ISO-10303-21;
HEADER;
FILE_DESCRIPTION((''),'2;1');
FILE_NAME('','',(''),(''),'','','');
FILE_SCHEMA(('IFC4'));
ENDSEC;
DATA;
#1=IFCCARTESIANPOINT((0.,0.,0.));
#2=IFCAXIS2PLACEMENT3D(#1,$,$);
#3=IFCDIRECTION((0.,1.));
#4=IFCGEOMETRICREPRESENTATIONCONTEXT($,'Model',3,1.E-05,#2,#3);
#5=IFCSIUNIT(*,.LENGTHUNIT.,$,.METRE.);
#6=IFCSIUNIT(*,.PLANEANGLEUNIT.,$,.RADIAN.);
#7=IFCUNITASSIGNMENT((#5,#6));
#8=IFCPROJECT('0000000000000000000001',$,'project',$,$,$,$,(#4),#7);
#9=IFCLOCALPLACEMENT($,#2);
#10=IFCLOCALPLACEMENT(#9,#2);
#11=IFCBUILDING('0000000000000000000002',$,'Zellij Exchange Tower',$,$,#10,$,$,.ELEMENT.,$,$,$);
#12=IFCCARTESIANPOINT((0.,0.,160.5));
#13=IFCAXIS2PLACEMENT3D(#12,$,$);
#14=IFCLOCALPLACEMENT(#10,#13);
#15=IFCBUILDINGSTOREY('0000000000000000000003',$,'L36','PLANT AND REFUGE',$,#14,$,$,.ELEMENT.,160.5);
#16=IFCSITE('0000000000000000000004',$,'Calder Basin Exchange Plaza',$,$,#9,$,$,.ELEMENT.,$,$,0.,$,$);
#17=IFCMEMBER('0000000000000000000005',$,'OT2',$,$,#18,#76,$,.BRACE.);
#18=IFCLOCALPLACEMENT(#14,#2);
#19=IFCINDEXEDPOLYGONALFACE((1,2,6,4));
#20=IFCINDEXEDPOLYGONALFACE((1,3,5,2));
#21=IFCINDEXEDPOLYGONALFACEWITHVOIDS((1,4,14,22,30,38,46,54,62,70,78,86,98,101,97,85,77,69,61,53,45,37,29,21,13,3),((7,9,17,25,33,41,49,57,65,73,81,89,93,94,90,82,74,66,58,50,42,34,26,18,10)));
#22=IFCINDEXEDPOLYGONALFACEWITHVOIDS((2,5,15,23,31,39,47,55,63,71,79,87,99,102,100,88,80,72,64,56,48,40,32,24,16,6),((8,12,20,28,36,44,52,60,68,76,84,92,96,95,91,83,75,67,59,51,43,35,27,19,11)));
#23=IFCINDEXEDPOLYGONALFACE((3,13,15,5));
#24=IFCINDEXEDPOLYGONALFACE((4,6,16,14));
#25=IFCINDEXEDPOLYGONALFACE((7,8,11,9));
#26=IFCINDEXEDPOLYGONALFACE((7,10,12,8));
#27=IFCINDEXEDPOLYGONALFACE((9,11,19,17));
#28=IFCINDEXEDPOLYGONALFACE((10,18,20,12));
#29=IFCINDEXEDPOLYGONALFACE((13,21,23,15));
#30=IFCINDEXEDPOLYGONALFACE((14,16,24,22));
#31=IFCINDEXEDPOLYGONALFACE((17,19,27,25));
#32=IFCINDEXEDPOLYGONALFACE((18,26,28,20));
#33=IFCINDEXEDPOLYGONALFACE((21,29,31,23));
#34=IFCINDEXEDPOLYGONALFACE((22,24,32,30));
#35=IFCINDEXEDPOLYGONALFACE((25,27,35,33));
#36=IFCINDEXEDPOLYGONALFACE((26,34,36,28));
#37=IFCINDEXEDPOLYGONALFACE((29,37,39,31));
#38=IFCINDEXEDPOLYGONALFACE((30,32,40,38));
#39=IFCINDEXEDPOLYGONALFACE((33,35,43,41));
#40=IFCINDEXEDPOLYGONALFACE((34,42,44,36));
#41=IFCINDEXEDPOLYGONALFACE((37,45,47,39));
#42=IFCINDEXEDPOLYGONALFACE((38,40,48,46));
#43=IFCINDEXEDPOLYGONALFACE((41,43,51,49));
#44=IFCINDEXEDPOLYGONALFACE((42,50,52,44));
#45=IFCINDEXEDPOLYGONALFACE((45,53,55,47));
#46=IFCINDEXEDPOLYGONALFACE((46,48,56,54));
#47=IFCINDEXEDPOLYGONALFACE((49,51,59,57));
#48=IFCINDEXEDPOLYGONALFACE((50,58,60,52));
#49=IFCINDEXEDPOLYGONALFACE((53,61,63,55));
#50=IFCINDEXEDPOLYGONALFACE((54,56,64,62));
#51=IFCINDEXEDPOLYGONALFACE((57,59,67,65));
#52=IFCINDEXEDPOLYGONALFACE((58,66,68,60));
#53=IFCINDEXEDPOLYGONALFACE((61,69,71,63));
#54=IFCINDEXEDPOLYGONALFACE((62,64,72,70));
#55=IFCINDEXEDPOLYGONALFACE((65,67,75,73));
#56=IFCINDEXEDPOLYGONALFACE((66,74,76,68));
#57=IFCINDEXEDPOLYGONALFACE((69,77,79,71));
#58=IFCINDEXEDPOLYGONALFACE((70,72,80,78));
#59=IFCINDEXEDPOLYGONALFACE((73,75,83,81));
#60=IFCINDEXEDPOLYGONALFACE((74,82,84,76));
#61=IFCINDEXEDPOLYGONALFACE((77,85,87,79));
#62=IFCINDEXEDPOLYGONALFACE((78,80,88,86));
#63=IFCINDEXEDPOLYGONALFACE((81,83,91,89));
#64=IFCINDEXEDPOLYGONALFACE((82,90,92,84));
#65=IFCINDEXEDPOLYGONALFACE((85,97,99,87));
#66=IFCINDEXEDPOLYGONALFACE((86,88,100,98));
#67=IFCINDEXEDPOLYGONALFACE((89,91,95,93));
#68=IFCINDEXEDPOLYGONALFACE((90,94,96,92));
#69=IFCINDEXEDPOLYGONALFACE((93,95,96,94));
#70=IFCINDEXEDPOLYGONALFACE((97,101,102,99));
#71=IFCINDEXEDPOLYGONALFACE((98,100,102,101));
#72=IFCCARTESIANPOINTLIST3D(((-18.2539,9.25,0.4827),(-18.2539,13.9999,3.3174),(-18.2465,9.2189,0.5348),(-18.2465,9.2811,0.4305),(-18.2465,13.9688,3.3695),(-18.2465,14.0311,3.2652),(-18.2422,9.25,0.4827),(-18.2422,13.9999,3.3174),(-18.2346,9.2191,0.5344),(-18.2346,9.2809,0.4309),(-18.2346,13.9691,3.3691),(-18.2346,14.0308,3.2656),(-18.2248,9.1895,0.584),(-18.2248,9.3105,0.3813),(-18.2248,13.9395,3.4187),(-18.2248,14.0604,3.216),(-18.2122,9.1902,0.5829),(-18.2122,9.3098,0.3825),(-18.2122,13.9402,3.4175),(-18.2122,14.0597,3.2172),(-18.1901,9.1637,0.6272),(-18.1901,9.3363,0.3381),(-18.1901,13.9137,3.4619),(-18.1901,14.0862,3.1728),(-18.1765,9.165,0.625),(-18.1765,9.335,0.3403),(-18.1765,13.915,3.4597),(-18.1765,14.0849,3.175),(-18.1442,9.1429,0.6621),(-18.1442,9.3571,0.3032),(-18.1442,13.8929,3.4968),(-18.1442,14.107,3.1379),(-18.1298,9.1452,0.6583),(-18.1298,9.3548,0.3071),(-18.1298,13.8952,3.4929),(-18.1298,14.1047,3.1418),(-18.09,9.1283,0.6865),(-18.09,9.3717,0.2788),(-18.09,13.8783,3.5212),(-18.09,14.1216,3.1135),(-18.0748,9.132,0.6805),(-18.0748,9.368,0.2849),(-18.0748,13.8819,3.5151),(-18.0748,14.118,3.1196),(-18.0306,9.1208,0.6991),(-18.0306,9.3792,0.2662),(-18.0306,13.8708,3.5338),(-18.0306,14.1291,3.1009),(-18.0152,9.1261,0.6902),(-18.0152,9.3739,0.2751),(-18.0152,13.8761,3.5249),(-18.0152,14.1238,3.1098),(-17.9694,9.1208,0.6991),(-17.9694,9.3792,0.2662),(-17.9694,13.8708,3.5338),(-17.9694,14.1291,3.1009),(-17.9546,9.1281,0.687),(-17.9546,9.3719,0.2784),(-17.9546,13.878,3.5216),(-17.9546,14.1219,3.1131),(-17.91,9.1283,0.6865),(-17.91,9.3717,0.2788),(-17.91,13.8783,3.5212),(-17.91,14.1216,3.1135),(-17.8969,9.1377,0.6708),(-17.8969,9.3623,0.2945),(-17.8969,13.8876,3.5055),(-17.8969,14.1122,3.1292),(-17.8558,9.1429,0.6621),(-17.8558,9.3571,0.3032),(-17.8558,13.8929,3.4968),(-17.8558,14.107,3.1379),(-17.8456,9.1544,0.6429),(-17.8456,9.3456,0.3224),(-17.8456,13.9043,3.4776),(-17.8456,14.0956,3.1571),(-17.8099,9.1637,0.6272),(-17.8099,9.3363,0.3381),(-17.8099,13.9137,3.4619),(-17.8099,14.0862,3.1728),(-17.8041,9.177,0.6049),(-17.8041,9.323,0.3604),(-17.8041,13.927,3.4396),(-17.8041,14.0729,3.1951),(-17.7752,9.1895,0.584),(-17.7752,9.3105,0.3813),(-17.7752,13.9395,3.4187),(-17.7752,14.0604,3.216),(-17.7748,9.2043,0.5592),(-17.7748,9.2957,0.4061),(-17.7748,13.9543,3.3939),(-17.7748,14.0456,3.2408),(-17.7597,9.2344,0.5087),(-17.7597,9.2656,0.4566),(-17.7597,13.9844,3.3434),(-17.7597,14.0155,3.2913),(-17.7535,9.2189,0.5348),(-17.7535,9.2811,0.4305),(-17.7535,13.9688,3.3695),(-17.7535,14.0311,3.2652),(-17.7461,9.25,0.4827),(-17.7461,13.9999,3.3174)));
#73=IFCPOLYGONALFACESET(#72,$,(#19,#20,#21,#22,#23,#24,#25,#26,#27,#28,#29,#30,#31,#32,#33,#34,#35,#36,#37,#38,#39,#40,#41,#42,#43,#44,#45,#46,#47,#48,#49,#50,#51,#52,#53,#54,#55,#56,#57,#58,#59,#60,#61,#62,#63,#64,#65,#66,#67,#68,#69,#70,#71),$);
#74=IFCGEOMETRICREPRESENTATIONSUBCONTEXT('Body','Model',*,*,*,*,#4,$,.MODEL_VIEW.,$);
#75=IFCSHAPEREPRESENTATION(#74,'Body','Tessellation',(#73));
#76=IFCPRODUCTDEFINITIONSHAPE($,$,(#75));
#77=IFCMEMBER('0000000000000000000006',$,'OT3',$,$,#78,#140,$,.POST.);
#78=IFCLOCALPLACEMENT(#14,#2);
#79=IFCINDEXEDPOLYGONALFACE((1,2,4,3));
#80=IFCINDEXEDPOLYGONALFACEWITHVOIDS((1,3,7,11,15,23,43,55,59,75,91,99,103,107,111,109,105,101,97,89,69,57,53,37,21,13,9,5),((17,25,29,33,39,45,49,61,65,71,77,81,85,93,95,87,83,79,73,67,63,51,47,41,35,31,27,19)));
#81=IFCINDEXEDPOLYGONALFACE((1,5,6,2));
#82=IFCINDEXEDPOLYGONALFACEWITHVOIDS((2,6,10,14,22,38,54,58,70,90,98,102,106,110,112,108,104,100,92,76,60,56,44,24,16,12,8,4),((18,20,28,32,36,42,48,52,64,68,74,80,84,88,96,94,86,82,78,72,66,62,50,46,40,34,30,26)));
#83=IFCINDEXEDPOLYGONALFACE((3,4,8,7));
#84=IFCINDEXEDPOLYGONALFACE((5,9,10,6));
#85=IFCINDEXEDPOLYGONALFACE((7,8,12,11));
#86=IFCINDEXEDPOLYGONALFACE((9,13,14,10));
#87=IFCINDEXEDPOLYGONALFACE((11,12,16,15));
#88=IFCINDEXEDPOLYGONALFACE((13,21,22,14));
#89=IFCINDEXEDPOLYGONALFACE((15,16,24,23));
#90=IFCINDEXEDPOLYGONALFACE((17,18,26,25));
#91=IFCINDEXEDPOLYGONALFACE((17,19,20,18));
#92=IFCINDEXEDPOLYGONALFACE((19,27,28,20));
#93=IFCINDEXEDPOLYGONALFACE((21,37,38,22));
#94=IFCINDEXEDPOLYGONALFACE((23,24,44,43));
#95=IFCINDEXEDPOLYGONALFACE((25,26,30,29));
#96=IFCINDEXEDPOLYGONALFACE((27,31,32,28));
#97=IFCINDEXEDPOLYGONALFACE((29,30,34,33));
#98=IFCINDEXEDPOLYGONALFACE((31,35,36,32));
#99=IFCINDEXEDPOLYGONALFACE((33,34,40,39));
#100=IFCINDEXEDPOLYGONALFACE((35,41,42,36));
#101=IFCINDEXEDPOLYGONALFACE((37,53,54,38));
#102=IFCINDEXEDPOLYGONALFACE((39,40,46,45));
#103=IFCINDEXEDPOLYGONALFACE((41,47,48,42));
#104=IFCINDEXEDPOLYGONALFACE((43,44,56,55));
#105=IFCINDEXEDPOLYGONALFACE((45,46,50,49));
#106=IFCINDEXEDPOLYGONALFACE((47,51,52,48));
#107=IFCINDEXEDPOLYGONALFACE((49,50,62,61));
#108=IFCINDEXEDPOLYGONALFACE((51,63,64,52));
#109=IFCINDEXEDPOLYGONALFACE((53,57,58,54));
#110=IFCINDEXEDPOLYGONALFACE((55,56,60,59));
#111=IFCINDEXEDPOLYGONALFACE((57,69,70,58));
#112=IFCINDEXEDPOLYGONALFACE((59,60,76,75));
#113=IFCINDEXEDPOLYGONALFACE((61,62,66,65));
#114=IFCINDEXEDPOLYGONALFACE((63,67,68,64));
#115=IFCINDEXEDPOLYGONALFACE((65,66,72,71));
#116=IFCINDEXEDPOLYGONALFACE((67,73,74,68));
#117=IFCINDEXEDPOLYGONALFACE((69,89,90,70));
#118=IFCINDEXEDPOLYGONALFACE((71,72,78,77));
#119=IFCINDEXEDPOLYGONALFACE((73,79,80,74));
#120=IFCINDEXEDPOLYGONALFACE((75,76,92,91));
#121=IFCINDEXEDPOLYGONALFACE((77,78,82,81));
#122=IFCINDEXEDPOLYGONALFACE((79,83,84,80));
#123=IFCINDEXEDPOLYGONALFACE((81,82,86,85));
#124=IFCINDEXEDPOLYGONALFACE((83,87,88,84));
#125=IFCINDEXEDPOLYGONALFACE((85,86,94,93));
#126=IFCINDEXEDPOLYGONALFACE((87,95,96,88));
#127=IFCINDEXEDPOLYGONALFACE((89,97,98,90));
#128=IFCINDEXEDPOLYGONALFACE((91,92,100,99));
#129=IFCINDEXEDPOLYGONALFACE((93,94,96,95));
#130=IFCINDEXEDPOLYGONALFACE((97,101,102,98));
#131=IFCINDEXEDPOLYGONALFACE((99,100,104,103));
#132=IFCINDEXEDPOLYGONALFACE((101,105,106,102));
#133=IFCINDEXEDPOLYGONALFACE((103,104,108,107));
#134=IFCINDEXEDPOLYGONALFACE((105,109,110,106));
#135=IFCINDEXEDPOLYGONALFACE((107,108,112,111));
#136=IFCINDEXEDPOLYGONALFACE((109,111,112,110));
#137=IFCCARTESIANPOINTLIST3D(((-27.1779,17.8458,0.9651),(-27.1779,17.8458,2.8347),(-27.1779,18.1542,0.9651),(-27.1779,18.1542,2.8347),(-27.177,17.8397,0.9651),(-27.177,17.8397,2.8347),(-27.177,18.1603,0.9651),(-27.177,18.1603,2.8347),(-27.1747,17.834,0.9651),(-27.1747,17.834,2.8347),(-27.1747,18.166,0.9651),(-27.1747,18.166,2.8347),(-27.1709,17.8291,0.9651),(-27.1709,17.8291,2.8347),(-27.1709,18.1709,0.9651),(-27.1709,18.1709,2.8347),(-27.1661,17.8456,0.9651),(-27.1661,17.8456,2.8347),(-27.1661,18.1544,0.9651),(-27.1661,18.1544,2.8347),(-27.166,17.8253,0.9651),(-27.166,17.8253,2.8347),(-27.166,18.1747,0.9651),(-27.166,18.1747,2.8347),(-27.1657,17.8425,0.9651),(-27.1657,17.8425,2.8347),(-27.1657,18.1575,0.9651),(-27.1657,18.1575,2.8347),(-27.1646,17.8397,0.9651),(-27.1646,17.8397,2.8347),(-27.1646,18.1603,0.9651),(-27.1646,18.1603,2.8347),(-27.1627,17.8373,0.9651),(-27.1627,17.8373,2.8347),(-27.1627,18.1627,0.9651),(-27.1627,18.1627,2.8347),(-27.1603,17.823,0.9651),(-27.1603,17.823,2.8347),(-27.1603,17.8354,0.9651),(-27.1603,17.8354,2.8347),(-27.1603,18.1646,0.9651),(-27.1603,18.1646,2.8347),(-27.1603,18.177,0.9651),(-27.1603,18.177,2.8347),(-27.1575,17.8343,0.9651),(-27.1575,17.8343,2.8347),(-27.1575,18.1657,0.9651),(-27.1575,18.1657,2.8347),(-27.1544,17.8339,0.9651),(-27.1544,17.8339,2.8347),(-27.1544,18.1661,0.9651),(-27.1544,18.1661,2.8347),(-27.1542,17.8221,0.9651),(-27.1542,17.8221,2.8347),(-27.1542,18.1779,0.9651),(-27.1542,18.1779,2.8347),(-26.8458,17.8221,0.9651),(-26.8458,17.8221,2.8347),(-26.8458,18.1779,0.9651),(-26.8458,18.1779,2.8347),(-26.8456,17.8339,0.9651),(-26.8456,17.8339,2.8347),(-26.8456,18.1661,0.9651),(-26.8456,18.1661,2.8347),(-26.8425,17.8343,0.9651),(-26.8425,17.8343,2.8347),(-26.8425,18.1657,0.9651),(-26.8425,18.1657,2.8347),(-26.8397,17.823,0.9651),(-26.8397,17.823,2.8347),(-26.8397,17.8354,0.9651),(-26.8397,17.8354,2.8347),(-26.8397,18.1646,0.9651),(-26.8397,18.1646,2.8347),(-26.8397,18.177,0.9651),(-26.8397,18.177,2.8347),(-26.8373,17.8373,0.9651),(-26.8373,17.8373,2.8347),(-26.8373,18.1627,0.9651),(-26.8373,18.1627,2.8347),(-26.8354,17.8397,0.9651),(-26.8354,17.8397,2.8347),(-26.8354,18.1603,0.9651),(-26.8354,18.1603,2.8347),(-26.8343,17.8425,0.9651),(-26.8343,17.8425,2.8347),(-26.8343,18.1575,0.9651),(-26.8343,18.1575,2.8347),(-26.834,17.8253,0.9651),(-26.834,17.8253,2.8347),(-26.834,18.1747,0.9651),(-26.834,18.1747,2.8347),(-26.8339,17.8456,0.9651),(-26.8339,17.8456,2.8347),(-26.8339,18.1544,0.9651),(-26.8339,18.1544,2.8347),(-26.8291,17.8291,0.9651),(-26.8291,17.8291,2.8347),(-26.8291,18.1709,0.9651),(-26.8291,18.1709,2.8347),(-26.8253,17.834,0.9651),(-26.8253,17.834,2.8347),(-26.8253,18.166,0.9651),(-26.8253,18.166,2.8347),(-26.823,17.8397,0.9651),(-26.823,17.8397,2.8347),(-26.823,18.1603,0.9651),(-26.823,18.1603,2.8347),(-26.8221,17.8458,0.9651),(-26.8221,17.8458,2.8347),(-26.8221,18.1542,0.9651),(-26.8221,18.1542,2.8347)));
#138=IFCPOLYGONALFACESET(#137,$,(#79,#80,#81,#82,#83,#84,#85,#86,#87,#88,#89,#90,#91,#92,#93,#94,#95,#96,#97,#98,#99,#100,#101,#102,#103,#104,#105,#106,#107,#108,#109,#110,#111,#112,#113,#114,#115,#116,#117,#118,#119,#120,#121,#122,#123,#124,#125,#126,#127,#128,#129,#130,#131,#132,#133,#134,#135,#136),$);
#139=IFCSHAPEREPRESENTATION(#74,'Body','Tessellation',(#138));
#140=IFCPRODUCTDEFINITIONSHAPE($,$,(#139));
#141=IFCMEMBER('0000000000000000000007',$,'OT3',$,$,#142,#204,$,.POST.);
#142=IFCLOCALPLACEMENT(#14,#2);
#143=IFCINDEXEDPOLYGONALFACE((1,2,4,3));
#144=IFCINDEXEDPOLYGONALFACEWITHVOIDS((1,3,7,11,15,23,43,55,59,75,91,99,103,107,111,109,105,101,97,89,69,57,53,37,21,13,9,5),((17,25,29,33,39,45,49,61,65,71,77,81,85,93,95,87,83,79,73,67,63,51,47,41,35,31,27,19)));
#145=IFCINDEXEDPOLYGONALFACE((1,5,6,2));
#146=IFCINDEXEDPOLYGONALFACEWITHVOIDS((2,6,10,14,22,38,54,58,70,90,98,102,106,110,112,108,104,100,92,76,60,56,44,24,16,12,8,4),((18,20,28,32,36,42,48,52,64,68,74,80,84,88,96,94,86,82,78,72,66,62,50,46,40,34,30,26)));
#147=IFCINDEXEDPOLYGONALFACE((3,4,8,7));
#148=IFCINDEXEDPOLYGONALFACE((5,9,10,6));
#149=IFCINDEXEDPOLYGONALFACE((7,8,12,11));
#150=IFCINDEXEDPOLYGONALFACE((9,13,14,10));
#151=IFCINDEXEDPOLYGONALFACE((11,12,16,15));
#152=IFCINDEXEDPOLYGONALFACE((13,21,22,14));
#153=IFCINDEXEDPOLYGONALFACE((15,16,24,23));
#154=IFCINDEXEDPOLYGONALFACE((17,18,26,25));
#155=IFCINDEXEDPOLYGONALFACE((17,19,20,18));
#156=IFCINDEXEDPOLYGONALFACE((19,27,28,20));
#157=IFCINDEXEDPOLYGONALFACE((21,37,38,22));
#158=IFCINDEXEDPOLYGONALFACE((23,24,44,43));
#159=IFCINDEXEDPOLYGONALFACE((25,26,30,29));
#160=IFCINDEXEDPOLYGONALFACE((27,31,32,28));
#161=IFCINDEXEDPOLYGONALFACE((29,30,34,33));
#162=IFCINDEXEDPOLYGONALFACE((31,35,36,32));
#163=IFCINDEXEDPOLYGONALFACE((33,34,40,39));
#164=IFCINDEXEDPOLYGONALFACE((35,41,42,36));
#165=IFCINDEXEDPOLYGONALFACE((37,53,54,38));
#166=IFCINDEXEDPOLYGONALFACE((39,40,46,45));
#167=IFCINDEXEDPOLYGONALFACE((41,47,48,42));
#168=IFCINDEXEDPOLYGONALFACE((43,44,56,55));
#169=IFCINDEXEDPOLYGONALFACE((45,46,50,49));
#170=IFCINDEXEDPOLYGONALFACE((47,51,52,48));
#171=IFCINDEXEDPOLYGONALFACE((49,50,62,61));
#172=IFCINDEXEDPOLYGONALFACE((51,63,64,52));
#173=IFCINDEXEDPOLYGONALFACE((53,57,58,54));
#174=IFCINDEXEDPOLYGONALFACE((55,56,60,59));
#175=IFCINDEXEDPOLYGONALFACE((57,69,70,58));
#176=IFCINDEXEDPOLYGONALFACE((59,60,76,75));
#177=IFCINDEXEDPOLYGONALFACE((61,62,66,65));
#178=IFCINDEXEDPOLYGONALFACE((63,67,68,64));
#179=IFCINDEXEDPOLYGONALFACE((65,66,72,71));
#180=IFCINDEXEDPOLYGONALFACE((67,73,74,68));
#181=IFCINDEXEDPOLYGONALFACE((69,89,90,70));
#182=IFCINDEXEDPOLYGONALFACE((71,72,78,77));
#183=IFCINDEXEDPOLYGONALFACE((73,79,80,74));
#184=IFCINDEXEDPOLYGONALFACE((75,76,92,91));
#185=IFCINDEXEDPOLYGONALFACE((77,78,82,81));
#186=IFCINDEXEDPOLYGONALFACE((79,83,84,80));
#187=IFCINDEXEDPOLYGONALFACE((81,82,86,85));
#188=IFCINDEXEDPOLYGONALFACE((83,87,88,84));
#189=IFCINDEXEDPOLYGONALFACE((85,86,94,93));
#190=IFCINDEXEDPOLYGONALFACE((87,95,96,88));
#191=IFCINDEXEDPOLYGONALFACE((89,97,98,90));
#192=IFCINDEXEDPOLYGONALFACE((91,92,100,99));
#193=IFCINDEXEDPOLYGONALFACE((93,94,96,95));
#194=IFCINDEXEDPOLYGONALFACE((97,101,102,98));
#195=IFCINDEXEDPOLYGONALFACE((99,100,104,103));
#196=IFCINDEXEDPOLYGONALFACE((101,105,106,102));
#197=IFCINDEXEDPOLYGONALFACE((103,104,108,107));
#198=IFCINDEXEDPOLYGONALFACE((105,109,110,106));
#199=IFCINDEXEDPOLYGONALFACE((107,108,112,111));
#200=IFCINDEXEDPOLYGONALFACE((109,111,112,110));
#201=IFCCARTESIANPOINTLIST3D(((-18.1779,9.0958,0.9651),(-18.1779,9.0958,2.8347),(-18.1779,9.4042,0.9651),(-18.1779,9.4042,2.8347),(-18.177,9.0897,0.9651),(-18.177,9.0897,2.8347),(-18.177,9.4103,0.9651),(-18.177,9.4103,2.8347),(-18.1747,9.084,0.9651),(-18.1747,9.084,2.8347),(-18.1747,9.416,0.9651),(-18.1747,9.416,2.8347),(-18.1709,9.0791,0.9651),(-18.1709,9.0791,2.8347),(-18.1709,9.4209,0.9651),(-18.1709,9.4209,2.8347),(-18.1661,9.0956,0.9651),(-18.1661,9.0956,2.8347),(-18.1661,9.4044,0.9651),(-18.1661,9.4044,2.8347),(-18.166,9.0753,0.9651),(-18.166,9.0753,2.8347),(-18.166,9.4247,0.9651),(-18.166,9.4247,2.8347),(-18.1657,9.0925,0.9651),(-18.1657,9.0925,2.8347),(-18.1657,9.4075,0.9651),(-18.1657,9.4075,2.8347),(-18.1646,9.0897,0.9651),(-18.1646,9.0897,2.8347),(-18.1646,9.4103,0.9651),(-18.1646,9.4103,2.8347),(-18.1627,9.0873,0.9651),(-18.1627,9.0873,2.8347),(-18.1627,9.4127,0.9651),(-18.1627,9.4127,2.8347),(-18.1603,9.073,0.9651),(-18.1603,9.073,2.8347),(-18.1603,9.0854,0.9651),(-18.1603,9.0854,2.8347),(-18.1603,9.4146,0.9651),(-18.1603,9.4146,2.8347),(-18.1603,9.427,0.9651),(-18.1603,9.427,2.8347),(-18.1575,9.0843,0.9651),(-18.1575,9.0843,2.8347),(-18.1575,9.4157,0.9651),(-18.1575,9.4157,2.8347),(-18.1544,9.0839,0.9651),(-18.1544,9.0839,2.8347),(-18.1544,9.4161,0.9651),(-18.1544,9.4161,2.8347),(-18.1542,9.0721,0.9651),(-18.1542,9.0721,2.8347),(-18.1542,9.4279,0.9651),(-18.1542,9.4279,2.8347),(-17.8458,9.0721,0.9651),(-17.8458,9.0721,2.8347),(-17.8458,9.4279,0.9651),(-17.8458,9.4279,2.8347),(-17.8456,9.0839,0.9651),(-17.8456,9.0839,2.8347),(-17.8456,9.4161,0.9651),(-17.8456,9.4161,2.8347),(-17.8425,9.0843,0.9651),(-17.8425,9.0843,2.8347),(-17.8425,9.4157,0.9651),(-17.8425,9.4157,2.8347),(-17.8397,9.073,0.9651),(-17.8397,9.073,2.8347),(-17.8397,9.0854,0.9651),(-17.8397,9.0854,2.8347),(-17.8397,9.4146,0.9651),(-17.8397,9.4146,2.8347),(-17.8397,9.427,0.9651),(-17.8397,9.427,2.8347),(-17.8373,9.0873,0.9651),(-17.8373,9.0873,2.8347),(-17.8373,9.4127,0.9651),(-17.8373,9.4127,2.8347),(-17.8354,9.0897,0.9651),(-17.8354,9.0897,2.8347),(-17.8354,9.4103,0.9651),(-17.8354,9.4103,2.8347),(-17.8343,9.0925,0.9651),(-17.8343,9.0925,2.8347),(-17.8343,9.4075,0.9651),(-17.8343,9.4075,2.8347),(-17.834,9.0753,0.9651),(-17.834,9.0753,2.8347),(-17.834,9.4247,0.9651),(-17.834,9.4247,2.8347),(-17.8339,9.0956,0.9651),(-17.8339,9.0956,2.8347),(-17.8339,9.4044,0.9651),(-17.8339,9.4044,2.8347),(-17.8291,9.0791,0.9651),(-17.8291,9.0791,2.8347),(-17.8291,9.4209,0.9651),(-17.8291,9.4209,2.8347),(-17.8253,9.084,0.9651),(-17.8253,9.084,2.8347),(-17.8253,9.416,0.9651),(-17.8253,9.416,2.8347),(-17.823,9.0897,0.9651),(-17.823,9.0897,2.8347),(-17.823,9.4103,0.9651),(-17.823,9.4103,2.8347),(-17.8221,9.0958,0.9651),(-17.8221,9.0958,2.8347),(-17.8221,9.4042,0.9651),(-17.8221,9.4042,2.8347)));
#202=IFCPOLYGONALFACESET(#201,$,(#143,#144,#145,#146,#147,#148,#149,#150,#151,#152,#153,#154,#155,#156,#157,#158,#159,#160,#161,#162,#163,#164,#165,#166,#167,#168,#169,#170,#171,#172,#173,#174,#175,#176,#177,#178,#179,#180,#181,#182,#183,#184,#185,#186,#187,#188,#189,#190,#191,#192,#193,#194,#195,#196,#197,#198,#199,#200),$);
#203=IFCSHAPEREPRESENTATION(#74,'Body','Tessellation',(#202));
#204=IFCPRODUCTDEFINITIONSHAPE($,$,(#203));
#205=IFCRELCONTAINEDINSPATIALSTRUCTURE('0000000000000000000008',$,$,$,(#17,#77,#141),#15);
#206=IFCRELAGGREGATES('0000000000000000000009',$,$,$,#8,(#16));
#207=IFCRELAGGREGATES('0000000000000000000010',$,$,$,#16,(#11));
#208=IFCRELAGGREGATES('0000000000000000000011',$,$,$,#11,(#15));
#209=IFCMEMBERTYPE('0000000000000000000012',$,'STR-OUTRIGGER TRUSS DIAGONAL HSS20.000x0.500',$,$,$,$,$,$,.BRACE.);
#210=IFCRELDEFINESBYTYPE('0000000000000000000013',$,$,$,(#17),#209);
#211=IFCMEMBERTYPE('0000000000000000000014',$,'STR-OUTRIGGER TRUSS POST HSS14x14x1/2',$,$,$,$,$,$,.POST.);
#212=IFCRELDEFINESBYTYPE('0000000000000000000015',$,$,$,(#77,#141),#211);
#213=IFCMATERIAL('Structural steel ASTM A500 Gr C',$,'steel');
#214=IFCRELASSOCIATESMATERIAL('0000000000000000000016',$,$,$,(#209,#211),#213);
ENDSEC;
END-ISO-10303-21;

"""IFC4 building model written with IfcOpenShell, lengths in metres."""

from ifc_helpers import new_model, si_unit, direction, frame, origin, origin_2d, place, context, subcontext, project, spatial, hollow_rectangle, hollow_circle, extrude, material, material_profile, profile_set, type_object, element, save


model = new_model("IFC4")

# Units and contexts
model_context = context("Model", 3, precision=1e-05, world=origin(), true_north=direction((0.0, 1.0)))
body_context = subcontext(model_context, "Body", "Model", "MODEL_VIEW")
ifc_project = project(units=[si_unit("LENGTHUNIT", "METRE"), si_unit("PLANEANGLEUNIT", "RADIAN")], contexts=[model_context])

# Site, building, storey
site_placement = place(None, origin())
site = spatial("IfcSite", under=ifc_project, at=site_placement, Name="Calder Basin Exchange Plaza", CompositionType="ELEMENT", RefElevation=0.0)
building_placement = place(site_placement, origin())
building = spatial("IfcBuilding", under=site, at=building_placement, Name="Zellij Exchange Tower", CompositionType="ELEMENT")
storey_placement = place(building_placement, frame((0.0, 0.0, 160.5)))
storey = spatial("IfcBuildingStorey", under=building, at=storey_placement, Name="L36", Description="PLANT AND REFUGE", CompositionType="ELEMENT", Elevation=160.5)

# Members
ifc_material_1 = material(Name="Structural steel ASTM A500 Gr C", Category="steel")
ifc_material_profile_1 = material_profile(ifc_material_1, hollow_circle(Radius=0.2539, WallThickness=0.0117, at=origin_2d()), Name="STR-OUTRIGGER TRUSS DIAGONAL HSS20.000x0.500")
ifc_profile_set_1 = profile_set([ifc_material_profile_1], Name="Structural steel ASTM A500 Gr C")
member_type_1 = type_object("IfcMemberType", Name="STR-OUTRIGGER TRUSS DIAGONAL HSS20.000x0.500", PredefinedType="BRACE", material=ifc_profile_set_1)
member_1_placement = place(storey_placement, frame((-18.0, 9.25, 0.4827), z_axis=(0.0, 0.858709, 0.512463), x_axis=(-1.0, 0.0, 0.0)))
element("IfcMember", 1, at=member_1_placement, inside=storey, type_object=member_type_1, Name="OT2", PredefinedType="BRACE", context=body_context, shape_type="SweptSolid", body=[
    extrude(hollow_circle(Radius=0.2539, WallThickness=0.0117, at=origin_2d()), origin(), (0.0, 0.0, 1.0), 5.5315),
])
ifc_material_profile_2 = material_profile(ifc_material_1, hollow_rectangle(XDim=0.3557, YDim=0.3557, WallThickness=0.0117, InnerFilletRadius=0.0117, OuterFilletRadius=0.0237, at=origin_2d()), Name="STR-OUTRIGGER TRUSS POST HSS14x14x1/2")
ifc_profile_set_2 = profile_set([ifc_material_profile_2], Name="Structural steel ASTM A500 Gr C")
member_type_2 = type_object("IfcMemberType", Name="STR-OUTRIGGER TRUSS POST HSS14x14x1/2", PredefinedType="POST", material=ifc_profile_set_2)
for number, where, z_axis, x_axis, name in (
    (2, (-27.0, 18.0, 0.9651), (0.0, 0.0, 1.0), (1.0, 0.0, 0.0), "OT3"),
    (3, (-18.0, 9.25, 0.9651), (0.0, 0.0, 1.0), (1.0, 0.0, 0.0), "OT3"),
):
    element("IfcMember", number, at=place(storey_placement, frame(where, z_axis=z_axis, x_axis=x_axis)), inside=storey, type_object=member_type_2, Name=name, PredefinedType="POST", context=body_context, shape_type="SweptSolid", body=[
        extrude(hollow_rectangle(XDim=0.3557, YDim=0.3557, WallThickness=0.0117, InnerFilletRadius=0.0117, OuterFilletRadius=0.0237, at=origin_2d()), origin(), (0.0, 0.0, 1.0), 1.8696),
    ])

save(model, "model.ifc")
